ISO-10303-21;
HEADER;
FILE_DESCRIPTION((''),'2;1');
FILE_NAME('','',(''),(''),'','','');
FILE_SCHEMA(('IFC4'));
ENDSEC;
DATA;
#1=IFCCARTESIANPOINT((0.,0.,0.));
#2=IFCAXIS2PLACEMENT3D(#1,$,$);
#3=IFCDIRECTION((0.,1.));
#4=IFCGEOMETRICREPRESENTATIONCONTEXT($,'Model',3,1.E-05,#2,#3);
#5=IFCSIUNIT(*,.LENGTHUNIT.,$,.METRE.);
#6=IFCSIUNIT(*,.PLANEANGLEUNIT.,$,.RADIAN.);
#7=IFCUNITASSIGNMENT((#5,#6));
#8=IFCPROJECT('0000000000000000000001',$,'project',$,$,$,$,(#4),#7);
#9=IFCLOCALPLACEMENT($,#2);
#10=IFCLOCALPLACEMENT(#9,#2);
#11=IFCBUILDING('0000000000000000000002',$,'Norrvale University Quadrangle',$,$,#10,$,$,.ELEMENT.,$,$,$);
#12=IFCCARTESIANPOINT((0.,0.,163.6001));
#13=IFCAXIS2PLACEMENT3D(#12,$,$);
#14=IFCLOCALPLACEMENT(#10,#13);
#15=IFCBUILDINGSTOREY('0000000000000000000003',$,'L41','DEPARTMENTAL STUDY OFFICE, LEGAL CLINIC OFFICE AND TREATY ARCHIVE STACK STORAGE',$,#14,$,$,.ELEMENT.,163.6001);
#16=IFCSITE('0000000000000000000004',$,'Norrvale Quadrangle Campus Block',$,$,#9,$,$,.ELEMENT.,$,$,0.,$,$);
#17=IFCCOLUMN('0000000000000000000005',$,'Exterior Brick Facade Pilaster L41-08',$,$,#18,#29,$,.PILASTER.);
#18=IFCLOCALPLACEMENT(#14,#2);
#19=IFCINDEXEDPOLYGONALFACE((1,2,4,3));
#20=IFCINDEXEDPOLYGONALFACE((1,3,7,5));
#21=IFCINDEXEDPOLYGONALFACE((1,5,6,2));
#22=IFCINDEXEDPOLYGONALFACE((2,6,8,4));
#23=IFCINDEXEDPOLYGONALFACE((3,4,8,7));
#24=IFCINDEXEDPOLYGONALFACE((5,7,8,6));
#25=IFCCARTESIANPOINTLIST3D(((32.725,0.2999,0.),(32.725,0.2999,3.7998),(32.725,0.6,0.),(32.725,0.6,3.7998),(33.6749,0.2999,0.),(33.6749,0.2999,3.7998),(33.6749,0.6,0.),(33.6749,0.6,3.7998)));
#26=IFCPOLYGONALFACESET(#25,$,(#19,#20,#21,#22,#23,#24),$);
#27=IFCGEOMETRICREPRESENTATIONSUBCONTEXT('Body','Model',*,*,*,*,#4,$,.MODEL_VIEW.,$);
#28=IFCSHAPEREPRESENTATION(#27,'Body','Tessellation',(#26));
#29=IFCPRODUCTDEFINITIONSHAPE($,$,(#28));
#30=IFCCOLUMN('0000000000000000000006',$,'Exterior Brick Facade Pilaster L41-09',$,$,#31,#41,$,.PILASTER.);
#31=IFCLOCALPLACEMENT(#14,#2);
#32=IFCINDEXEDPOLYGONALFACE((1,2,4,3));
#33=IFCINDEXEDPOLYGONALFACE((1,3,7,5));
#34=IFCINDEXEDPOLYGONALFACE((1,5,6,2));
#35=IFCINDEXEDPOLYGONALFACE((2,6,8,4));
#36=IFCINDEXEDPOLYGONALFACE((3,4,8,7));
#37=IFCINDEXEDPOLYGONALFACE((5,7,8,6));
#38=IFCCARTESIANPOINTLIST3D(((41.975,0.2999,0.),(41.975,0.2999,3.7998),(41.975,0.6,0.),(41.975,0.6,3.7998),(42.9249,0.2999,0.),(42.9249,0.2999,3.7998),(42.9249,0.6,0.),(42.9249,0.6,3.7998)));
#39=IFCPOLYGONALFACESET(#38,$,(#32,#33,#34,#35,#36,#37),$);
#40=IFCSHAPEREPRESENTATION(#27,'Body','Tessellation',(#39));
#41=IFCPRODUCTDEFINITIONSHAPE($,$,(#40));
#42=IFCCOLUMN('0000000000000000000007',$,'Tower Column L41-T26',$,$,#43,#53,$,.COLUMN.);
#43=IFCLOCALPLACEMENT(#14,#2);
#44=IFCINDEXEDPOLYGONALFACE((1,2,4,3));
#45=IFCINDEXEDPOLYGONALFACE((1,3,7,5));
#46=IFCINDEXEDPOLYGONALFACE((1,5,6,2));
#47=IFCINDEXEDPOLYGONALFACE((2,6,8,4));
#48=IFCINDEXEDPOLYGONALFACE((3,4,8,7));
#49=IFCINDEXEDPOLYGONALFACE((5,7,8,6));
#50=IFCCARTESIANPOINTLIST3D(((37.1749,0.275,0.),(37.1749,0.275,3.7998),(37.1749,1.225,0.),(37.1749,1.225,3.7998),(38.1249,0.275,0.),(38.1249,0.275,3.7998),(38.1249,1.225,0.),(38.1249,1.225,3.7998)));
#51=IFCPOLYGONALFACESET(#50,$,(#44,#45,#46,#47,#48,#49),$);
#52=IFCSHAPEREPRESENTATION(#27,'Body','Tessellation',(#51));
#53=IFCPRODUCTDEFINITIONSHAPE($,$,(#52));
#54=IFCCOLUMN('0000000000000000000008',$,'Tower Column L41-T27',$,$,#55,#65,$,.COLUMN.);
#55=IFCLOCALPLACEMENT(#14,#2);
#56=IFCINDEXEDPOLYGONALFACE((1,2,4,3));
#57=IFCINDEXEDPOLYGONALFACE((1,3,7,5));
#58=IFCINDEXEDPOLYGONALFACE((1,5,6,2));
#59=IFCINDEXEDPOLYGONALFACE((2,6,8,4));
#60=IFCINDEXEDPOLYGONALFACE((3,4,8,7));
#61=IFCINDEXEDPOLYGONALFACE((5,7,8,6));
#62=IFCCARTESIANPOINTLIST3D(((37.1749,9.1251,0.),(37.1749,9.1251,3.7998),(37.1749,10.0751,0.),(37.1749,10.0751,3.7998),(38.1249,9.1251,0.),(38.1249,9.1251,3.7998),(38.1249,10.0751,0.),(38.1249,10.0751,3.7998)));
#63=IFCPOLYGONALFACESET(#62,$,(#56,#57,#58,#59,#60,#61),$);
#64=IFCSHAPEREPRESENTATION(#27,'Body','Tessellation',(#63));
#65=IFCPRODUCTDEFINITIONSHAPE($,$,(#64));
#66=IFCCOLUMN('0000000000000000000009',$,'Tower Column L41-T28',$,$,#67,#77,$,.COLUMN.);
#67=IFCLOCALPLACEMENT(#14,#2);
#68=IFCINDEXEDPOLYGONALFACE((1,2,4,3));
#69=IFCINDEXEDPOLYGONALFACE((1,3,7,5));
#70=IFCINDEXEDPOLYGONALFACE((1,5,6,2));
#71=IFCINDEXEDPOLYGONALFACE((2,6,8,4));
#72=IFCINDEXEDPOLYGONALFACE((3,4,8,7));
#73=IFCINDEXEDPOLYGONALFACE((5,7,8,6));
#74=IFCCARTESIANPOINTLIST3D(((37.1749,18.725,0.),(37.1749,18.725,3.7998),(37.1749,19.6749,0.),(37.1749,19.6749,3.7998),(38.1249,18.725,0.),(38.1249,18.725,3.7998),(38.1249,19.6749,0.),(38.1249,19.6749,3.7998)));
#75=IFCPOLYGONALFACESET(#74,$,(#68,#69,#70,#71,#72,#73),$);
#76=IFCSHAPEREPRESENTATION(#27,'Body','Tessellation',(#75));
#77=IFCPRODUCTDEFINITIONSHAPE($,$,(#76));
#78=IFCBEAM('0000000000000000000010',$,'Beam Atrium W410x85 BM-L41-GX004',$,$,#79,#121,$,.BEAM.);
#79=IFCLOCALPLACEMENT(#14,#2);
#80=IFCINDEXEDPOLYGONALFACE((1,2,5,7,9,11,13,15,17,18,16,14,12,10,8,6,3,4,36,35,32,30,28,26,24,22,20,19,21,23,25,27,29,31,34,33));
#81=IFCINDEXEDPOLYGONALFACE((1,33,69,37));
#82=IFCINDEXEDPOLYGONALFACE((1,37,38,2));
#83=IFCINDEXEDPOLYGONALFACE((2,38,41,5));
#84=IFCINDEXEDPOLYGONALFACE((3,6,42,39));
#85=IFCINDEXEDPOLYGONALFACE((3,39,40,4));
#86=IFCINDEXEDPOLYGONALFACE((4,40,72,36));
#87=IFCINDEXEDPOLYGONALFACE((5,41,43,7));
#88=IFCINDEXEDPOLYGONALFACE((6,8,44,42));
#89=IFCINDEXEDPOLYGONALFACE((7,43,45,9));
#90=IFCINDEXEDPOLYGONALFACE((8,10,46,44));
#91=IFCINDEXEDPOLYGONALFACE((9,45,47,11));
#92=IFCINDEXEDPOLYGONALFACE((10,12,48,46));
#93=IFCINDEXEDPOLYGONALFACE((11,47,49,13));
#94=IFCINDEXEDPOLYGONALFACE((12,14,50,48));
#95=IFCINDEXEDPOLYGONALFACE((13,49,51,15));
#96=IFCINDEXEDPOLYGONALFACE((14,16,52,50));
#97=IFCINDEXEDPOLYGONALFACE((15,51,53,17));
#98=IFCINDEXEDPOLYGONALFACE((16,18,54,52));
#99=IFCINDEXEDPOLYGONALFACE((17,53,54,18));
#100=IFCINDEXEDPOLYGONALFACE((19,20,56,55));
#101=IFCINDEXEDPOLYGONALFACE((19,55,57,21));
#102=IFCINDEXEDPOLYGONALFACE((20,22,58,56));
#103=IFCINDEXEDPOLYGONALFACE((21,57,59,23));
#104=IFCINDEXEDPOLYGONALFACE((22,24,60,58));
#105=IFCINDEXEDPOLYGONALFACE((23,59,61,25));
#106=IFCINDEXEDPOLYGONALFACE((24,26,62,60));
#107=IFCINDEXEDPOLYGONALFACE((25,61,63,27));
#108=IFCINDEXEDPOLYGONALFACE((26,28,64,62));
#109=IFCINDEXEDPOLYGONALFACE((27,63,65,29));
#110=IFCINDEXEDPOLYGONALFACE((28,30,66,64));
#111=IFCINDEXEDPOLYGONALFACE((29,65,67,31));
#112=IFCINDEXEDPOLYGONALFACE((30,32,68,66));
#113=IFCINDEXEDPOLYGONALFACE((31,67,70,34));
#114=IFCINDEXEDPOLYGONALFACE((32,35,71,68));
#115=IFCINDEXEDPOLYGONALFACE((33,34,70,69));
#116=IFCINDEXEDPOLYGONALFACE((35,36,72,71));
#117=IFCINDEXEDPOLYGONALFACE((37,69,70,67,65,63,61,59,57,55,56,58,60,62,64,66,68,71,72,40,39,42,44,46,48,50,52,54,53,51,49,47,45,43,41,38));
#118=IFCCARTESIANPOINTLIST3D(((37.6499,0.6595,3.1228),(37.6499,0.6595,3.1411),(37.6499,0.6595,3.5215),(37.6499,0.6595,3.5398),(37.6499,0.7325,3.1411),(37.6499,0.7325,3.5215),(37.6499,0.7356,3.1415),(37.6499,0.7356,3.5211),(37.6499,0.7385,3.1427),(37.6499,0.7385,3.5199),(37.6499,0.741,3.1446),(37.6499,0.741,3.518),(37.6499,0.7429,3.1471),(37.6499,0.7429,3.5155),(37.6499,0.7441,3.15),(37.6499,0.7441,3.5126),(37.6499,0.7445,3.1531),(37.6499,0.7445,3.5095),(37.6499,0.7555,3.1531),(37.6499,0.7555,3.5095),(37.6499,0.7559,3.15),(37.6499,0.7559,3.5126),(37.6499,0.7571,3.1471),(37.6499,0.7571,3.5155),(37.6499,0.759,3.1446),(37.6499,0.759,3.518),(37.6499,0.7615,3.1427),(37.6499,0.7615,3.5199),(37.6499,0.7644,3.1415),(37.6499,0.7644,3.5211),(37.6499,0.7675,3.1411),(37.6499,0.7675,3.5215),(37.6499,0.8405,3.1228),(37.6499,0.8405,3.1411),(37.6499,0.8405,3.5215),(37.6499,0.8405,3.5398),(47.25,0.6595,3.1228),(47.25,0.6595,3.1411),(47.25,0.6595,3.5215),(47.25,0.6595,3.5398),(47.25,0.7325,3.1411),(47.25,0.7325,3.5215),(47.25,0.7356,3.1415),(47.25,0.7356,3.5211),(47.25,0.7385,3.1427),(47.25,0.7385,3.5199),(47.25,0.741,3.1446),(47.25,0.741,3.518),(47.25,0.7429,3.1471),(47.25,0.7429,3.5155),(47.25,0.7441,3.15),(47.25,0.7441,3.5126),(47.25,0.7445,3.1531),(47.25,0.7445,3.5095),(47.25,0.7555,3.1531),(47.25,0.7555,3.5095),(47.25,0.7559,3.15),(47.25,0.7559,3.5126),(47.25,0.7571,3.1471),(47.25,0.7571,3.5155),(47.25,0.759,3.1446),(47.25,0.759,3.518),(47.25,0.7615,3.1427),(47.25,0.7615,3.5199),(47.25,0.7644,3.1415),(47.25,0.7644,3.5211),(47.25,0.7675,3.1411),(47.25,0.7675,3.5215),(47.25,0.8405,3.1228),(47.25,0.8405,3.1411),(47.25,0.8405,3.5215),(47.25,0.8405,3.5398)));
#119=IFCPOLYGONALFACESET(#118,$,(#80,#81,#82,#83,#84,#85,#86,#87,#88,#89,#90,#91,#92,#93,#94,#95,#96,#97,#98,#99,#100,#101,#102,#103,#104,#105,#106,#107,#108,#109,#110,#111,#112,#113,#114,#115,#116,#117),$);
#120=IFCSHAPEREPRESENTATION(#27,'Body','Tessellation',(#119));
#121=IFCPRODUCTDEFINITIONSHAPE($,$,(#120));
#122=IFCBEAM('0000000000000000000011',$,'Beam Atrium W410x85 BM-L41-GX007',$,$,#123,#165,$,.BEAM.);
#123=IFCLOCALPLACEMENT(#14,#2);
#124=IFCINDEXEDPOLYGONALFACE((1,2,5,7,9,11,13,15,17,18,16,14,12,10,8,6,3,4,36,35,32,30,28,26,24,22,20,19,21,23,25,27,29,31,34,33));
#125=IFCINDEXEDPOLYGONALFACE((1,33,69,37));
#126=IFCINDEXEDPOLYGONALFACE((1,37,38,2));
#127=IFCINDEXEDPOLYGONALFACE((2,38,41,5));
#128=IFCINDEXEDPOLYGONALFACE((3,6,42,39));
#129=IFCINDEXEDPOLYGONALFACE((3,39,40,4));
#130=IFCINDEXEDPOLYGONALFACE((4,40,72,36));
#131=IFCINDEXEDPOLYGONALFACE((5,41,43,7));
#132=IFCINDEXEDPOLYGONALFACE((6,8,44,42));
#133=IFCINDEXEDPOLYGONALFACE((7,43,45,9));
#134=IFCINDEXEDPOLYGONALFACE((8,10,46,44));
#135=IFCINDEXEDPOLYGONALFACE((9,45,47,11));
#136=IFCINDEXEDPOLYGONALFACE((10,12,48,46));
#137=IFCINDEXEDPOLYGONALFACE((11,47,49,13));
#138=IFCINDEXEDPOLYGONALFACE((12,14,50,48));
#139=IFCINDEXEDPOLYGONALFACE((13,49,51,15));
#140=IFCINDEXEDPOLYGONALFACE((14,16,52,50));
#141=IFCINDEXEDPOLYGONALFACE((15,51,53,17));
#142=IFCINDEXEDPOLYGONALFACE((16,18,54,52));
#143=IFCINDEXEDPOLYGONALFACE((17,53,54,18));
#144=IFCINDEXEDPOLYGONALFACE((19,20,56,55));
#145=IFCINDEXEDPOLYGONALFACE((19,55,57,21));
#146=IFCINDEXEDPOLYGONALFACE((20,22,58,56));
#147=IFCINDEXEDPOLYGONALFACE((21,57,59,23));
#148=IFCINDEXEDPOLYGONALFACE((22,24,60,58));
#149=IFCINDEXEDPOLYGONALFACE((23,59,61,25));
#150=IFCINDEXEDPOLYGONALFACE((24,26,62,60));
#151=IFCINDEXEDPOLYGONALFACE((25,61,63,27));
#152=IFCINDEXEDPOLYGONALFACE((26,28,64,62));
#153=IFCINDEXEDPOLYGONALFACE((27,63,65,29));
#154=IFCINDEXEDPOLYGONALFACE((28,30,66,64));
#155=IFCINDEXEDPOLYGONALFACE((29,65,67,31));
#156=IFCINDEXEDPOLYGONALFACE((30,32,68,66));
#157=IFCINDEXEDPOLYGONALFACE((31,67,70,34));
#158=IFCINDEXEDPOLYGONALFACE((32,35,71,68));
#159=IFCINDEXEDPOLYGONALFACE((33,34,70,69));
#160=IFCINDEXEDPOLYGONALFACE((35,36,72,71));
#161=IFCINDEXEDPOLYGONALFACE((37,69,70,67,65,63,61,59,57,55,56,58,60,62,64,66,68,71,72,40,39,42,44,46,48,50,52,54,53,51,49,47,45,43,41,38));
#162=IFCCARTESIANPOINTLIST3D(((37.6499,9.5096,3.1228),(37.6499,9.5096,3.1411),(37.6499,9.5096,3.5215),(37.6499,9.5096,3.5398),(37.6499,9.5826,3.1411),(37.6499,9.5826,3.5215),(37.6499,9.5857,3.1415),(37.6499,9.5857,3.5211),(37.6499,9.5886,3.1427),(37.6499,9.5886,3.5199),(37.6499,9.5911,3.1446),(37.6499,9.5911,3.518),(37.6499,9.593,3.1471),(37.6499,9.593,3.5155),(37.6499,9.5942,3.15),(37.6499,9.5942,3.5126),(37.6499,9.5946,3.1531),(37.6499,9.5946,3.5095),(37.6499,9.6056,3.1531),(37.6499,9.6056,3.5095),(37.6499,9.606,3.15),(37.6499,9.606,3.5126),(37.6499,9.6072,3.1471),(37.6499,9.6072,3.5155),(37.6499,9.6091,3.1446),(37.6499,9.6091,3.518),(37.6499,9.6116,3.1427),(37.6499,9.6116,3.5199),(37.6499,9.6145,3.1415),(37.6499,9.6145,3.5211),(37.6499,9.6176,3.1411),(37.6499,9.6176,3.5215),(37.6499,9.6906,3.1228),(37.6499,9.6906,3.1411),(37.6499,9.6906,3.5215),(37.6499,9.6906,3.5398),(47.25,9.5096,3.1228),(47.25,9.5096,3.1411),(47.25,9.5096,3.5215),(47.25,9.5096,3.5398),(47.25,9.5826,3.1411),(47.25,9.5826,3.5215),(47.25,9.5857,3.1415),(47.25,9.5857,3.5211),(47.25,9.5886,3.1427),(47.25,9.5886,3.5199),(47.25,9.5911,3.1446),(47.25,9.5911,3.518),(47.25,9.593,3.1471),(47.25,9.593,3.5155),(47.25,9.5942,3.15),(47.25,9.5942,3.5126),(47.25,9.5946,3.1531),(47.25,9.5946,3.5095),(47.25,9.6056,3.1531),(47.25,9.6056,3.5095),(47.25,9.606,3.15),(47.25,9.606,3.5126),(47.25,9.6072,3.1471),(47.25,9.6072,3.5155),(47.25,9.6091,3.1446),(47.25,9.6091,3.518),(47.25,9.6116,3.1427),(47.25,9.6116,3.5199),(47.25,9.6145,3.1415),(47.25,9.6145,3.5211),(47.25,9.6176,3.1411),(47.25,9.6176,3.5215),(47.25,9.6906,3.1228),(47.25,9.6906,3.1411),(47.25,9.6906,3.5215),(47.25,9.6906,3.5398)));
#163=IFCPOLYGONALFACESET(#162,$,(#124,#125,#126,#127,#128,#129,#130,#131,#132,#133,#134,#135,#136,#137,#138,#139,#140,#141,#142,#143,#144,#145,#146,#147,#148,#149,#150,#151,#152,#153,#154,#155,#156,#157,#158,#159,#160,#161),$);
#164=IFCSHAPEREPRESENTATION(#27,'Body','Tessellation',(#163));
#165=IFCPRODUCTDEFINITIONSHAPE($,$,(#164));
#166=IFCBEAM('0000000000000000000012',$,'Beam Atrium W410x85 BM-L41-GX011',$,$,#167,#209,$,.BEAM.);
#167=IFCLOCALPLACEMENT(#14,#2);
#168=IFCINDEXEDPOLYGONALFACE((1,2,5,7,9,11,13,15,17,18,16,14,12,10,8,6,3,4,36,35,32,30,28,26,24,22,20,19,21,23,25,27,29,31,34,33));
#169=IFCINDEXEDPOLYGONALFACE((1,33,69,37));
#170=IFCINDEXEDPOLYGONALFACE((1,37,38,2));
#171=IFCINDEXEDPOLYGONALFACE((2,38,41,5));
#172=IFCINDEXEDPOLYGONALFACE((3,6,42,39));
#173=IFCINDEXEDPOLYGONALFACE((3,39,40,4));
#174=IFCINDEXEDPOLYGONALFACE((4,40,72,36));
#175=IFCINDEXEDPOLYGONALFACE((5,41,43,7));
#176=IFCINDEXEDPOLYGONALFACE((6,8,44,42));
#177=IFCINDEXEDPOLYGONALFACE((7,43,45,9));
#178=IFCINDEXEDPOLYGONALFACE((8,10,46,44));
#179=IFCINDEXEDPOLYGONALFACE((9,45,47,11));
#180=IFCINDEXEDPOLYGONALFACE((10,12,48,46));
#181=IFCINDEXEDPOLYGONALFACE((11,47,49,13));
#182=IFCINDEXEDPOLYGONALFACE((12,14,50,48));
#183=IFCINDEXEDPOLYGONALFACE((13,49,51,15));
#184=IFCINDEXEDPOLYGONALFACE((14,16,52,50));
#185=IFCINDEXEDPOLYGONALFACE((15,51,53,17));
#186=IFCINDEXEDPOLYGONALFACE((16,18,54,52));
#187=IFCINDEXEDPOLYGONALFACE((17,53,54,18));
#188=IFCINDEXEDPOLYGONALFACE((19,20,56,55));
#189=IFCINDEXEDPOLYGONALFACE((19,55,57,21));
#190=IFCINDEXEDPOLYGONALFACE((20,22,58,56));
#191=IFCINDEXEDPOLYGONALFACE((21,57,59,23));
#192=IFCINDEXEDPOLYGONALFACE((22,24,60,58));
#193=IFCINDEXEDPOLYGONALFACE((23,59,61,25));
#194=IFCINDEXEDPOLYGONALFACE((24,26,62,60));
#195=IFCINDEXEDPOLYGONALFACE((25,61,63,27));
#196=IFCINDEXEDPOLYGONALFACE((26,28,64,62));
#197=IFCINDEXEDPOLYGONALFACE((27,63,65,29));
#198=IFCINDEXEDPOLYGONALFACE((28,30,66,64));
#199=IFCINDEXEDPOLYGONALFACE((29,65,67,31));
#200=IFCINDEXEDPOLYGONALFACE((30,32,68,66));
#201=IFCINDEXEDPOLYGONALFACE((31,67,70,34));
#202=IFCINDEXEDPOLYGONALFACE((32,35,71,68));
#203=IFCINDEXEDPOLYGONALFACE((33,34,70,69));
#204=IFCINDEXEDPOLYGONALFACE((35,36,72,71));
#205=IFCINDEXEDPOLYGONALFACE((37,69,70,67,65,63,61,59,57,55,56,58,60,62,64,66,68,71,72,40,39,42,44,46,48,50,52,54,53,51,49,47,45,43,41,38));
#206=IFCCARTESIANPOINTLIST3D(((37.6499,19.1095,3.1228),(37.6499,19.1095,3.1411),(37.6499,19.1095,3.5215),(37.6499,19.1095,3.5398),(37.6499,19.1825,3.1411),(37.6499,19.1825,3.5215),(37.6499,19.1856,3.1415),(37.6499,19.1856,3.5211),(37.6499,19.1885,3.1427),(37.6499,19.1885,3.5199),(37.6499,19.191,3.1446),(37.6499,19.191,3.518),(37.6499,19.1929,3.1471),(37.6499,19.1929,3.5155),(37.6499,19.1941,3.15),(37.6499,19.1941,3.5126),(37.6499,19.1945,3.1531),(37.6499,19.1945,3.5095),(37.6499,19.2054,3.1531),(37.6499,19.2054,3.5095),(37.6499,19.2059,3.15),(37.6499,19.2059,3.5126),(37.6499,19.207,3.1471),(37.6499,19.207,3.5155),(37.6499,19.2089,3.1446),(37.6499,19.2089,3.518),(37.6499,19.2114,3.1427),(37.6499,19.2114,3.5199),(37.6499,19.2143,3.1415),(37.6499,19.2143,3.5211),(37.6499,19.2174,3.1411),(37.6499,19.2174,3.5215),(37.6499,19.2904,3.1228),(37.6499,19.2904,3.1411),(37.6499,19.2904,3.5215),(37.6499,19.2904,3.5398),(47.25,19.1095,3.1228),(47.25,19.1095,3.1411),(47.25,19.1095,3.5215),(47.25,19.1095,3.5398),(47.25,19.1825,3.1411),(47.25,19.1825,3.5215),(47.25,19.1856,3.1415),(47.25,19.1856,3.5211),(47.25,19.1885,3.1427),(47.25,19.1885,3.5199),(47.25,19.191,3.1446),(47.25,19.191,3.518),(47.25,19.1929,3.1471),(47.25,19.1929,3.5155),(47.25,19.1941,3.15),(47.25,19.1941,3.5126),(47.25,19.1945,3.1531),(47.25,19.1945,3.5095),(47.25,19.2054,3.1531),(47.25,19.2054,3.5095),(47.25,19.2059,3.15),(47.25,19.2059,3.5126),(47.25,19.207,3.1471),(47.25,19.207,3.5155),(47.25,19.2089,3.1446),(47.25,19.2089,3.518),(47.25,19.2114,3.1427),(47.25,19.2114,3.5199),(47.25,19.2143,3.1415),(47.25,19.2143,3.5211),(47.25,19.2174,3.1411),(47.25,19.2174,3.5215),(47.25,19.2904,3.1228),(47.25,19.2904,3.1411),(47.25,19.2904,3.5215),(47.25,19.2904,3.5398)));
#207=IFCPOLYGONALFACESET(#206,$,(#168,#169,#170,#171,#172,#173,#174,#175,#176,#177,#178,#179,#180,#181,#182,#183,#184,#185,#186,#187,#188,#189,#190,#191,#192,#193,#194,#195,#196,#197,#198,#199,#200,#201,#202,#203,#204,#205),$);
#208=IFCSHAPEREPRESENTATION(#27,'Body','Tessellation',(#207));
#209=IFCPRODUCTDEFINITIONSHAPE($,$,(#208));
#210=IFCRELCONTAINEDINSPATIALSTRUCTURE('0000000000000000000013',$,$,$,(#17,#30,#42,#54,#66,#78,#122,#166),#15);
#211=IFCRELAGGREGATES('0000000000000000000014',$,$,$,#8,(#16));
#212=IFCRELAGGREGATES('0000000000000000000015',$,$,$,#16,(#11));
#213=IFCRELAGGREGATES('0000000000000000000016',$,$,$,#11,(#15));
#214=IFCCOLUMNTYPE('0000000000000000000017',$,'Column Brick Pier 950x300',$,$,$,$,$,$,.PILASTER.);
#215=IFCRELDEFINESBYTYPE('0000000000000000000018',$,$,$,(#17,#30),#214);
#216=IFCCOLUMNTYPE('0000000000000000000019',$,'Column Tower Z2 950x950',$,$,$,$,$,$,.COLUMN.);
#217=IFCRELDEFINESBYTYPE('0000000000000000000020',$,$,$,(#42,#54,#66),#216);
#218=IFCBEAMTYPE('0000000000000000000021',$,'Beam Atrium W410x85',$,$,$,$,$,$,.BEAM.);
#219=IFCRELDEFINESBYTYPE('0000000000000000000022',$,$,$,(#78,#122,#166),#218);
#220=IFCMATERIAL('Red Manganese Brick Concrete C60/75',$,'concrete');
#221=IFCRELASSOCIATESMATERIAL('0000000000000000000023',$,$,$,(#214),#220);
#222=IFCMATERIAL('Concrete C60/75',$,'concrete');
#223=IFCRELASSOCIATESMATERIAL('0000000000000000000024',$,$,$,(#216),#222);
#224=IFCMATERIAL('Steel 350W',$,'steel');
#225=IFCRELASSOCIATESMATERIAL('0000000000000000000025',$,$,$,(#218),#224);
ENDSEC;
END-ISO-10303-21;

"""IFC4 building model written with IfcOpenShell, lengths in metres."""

from ifc_helpers import new_model, si_unit, direction, frame, origin, origin_2d, place, context, subcontext, project, spatial, rectangle, i_section, extrude, material, material_profile, profile_set, type_object, element, save


model = new_model("IFC4")

# Units and contexts
model_context = context("Model", 3, precision=1e-05, world=origin(), true_north=direction((0.0, 1.0)))
body_context = subcontext(model_context, "Body", "Model", "MODEL_VIEW")
ifc_project = project(units=[si_unit("LENGTHUNIT", "METRE"), si_unit("PLANEANGLEUNIT", "RADIAN")], contexts=[model_context])

# Site, building, storey
site_placement = place(None, origin())
site = spatial("IfcSite", under=ifc_project, at=site_placement, Name="Norrvale Quadrangle Campus Block", CompositionType="ELEMENT", RefElevation=0.0)
building_placement = place(site_placement, origin())
building = spatial("IfcBuilding", under=site, at=building_placement, Name="Norrvale University Quadrangle", CompositionType="ELEMENT")
storey_placement = place(building_placement, frame((0.0, 0.0, 163.6001)))
storey = spatial("IfcBuildingStorey", under=building, at=storey_placement, Name="L41", Description="DEPARTMENTAL STUDY OFFICE, LEGAL CLINIC OFFICE AND TREATY ARCHIVE STACK STORAGE", CompositionType="ELEMENT", Elevation=163.6001)

# Columns
ifc_material_1 = material(Name="Red Manganese Brick Concrete C60/75", Category="concrete")
ifc_material_profile_1 = material_profile(ifc_material_1, rectangle(XDim=0.95, YDim=0.3, at=origin_2d()), Name="Red Manganese Brick Concrete C60/75")
ifc_profile_set_1 = profile_set([ifc_material_profile_1], Name="Red Manganese Brick Concrete C60/75")
column_type_1 = type_object("IfcColumnType", Name="Column Brick Pier 950x300", PredefinedType="PILASTER", material=ifc_profile_set_1)
for number, where, z_axis, x_axis, name in (
    (1, (33.2, 0.45, 0.0), (0.0, 0.0, 1.0), (1.0, 0.0, 0.0), "Exterior Brick Facade Pilaster L41-08"),
    (2, (42.45, 0.45, 0.0), (0.0, 0.0, 1.0), (1.0, 0.0, 0.0), "Exterior Brick Facade Pilaster L41-09"),
):
    element("IfcColumn", number, at=place(storey_placement, frame(where, z_axis=z_axis, x_axis=x_axis)), inside=storey, type_object=column_type_1, Name=name, PredefinedType="PILASTER", context=body_context, shape_type="SweptSolid", body=[
        extrude(rectangle(XDim=0.95, YDim=0.3, at=origin_2d()), origin(), (0.0, 0.0, 1.0), 3.7998),
    ])
ifc_material_2 = material(Name="Concrete C60/75", Category="concrete")
ifc_material_profile_2 = material_profile(ifc_material_2, rectangle(XDim=0.95, YDim=0.95, at=origin_2d()), Name="Concrete C60/75")
ifc_profile_set_2 = profile_set([ifc_material_profile_2], Name="Concrete C60/75")
column_type_2 = type_object("IfcColumnType", Name="Column Tower Z2 950x950", PredefinedType="COLUMN", material=ifc_profile_set_2)
for number, where, z_axis, x_axis, name in (
    (3, (37.6499, 0.75, 0.0), (0.0, 0.0, 1.0), (1.0, 0.0, 0.0), "Tower Column L41-T26"),
    (4, (37.6499, 9.6001, 0.0), (0.0, 0.0, 1.0), (1.0, 0.0, 0.0), "Tower Column L41-T27"),
    (5, (37.6499, 19.2, 0.0), (0.0, 0.0, 1.0), (1.0, 0.0, 0.0), "Tower Column L41-T28"),
):
    element("IfcColumn", number, at=place(storey_placement, frame(where, z_axis=z_axis, x_axis=x_axis)), inside=storey, type_object=column_type_2, Name=name, PredefinedType="COLUMN", context=body_context, shape_type="SweptSolid", body=[
        extrude(rectangle(XDim=0.95, YDim=0.95, at=origin_2d()), origin(), (0.0, 0.0, 1.0), 3.7998),
    ])

# Beams
ifc_material_3 = material(Name="Steel 350W", Category="steel")
ifc_material_profile_3 = material_profile(ifc_material_3, i_section(OverallWidth=0.1809, OverallDepth=0.417, WebThickness=0.011, FlangeThickness=0.0183, FilletRadius=0.012, at=origin_2d()), Name="Steel 350W")
ifc_profile_set_3 = profile_set([ifc_material_profile_3], Name="Steel 350W")
beam_type_1 = type_object("IfcBeamType", Name="Beam Atrium W410x85", PredefinedType="BEAM", material=ifc_profile_set_3)
for number, where, z_axis, x_axis, name in (
    (6, (37.6499, 0.75, 3.3313), (1.0, 0.0, 0.0), (0.0, 1.0, 0.0), "Beam Atrium W410x85 BM-L41-GX004"),
    (7, (37.6499, 9.6001, 3.3313), (1.0, 0.0, 0.0), (0.0, 1.0, 0.0), "Beam Atrium W410x85 BM-L41-GX007"),
    (8, (37.6499, 19.2, 3.3313), (1.0, 0.0, 0.0), (0.0, 1.0, 0.0), "Beam Atrium W410x85 BM-L41-GX011"),
):
    element("IfcBeam", number, at=place(storey_placement, frame(where, z_axis=z_axis, x_axis=x_axis)), inside=storey, type_object=beam_type_1, Name=name, PredefinedType="BEAM", context=body_context, shape_type="SweptSolid", body=[
        extrude(i_section(OverallWidth=0.1809, OverallDepth=0.417, WebThickness=0.011, FlangeThickness=0.0183, FilletRadius=0.012, at=origin_2d()), origin(), (0.0, 0.0, 1.0), 9.6001),
    ])

save(model, "model.ifc")
